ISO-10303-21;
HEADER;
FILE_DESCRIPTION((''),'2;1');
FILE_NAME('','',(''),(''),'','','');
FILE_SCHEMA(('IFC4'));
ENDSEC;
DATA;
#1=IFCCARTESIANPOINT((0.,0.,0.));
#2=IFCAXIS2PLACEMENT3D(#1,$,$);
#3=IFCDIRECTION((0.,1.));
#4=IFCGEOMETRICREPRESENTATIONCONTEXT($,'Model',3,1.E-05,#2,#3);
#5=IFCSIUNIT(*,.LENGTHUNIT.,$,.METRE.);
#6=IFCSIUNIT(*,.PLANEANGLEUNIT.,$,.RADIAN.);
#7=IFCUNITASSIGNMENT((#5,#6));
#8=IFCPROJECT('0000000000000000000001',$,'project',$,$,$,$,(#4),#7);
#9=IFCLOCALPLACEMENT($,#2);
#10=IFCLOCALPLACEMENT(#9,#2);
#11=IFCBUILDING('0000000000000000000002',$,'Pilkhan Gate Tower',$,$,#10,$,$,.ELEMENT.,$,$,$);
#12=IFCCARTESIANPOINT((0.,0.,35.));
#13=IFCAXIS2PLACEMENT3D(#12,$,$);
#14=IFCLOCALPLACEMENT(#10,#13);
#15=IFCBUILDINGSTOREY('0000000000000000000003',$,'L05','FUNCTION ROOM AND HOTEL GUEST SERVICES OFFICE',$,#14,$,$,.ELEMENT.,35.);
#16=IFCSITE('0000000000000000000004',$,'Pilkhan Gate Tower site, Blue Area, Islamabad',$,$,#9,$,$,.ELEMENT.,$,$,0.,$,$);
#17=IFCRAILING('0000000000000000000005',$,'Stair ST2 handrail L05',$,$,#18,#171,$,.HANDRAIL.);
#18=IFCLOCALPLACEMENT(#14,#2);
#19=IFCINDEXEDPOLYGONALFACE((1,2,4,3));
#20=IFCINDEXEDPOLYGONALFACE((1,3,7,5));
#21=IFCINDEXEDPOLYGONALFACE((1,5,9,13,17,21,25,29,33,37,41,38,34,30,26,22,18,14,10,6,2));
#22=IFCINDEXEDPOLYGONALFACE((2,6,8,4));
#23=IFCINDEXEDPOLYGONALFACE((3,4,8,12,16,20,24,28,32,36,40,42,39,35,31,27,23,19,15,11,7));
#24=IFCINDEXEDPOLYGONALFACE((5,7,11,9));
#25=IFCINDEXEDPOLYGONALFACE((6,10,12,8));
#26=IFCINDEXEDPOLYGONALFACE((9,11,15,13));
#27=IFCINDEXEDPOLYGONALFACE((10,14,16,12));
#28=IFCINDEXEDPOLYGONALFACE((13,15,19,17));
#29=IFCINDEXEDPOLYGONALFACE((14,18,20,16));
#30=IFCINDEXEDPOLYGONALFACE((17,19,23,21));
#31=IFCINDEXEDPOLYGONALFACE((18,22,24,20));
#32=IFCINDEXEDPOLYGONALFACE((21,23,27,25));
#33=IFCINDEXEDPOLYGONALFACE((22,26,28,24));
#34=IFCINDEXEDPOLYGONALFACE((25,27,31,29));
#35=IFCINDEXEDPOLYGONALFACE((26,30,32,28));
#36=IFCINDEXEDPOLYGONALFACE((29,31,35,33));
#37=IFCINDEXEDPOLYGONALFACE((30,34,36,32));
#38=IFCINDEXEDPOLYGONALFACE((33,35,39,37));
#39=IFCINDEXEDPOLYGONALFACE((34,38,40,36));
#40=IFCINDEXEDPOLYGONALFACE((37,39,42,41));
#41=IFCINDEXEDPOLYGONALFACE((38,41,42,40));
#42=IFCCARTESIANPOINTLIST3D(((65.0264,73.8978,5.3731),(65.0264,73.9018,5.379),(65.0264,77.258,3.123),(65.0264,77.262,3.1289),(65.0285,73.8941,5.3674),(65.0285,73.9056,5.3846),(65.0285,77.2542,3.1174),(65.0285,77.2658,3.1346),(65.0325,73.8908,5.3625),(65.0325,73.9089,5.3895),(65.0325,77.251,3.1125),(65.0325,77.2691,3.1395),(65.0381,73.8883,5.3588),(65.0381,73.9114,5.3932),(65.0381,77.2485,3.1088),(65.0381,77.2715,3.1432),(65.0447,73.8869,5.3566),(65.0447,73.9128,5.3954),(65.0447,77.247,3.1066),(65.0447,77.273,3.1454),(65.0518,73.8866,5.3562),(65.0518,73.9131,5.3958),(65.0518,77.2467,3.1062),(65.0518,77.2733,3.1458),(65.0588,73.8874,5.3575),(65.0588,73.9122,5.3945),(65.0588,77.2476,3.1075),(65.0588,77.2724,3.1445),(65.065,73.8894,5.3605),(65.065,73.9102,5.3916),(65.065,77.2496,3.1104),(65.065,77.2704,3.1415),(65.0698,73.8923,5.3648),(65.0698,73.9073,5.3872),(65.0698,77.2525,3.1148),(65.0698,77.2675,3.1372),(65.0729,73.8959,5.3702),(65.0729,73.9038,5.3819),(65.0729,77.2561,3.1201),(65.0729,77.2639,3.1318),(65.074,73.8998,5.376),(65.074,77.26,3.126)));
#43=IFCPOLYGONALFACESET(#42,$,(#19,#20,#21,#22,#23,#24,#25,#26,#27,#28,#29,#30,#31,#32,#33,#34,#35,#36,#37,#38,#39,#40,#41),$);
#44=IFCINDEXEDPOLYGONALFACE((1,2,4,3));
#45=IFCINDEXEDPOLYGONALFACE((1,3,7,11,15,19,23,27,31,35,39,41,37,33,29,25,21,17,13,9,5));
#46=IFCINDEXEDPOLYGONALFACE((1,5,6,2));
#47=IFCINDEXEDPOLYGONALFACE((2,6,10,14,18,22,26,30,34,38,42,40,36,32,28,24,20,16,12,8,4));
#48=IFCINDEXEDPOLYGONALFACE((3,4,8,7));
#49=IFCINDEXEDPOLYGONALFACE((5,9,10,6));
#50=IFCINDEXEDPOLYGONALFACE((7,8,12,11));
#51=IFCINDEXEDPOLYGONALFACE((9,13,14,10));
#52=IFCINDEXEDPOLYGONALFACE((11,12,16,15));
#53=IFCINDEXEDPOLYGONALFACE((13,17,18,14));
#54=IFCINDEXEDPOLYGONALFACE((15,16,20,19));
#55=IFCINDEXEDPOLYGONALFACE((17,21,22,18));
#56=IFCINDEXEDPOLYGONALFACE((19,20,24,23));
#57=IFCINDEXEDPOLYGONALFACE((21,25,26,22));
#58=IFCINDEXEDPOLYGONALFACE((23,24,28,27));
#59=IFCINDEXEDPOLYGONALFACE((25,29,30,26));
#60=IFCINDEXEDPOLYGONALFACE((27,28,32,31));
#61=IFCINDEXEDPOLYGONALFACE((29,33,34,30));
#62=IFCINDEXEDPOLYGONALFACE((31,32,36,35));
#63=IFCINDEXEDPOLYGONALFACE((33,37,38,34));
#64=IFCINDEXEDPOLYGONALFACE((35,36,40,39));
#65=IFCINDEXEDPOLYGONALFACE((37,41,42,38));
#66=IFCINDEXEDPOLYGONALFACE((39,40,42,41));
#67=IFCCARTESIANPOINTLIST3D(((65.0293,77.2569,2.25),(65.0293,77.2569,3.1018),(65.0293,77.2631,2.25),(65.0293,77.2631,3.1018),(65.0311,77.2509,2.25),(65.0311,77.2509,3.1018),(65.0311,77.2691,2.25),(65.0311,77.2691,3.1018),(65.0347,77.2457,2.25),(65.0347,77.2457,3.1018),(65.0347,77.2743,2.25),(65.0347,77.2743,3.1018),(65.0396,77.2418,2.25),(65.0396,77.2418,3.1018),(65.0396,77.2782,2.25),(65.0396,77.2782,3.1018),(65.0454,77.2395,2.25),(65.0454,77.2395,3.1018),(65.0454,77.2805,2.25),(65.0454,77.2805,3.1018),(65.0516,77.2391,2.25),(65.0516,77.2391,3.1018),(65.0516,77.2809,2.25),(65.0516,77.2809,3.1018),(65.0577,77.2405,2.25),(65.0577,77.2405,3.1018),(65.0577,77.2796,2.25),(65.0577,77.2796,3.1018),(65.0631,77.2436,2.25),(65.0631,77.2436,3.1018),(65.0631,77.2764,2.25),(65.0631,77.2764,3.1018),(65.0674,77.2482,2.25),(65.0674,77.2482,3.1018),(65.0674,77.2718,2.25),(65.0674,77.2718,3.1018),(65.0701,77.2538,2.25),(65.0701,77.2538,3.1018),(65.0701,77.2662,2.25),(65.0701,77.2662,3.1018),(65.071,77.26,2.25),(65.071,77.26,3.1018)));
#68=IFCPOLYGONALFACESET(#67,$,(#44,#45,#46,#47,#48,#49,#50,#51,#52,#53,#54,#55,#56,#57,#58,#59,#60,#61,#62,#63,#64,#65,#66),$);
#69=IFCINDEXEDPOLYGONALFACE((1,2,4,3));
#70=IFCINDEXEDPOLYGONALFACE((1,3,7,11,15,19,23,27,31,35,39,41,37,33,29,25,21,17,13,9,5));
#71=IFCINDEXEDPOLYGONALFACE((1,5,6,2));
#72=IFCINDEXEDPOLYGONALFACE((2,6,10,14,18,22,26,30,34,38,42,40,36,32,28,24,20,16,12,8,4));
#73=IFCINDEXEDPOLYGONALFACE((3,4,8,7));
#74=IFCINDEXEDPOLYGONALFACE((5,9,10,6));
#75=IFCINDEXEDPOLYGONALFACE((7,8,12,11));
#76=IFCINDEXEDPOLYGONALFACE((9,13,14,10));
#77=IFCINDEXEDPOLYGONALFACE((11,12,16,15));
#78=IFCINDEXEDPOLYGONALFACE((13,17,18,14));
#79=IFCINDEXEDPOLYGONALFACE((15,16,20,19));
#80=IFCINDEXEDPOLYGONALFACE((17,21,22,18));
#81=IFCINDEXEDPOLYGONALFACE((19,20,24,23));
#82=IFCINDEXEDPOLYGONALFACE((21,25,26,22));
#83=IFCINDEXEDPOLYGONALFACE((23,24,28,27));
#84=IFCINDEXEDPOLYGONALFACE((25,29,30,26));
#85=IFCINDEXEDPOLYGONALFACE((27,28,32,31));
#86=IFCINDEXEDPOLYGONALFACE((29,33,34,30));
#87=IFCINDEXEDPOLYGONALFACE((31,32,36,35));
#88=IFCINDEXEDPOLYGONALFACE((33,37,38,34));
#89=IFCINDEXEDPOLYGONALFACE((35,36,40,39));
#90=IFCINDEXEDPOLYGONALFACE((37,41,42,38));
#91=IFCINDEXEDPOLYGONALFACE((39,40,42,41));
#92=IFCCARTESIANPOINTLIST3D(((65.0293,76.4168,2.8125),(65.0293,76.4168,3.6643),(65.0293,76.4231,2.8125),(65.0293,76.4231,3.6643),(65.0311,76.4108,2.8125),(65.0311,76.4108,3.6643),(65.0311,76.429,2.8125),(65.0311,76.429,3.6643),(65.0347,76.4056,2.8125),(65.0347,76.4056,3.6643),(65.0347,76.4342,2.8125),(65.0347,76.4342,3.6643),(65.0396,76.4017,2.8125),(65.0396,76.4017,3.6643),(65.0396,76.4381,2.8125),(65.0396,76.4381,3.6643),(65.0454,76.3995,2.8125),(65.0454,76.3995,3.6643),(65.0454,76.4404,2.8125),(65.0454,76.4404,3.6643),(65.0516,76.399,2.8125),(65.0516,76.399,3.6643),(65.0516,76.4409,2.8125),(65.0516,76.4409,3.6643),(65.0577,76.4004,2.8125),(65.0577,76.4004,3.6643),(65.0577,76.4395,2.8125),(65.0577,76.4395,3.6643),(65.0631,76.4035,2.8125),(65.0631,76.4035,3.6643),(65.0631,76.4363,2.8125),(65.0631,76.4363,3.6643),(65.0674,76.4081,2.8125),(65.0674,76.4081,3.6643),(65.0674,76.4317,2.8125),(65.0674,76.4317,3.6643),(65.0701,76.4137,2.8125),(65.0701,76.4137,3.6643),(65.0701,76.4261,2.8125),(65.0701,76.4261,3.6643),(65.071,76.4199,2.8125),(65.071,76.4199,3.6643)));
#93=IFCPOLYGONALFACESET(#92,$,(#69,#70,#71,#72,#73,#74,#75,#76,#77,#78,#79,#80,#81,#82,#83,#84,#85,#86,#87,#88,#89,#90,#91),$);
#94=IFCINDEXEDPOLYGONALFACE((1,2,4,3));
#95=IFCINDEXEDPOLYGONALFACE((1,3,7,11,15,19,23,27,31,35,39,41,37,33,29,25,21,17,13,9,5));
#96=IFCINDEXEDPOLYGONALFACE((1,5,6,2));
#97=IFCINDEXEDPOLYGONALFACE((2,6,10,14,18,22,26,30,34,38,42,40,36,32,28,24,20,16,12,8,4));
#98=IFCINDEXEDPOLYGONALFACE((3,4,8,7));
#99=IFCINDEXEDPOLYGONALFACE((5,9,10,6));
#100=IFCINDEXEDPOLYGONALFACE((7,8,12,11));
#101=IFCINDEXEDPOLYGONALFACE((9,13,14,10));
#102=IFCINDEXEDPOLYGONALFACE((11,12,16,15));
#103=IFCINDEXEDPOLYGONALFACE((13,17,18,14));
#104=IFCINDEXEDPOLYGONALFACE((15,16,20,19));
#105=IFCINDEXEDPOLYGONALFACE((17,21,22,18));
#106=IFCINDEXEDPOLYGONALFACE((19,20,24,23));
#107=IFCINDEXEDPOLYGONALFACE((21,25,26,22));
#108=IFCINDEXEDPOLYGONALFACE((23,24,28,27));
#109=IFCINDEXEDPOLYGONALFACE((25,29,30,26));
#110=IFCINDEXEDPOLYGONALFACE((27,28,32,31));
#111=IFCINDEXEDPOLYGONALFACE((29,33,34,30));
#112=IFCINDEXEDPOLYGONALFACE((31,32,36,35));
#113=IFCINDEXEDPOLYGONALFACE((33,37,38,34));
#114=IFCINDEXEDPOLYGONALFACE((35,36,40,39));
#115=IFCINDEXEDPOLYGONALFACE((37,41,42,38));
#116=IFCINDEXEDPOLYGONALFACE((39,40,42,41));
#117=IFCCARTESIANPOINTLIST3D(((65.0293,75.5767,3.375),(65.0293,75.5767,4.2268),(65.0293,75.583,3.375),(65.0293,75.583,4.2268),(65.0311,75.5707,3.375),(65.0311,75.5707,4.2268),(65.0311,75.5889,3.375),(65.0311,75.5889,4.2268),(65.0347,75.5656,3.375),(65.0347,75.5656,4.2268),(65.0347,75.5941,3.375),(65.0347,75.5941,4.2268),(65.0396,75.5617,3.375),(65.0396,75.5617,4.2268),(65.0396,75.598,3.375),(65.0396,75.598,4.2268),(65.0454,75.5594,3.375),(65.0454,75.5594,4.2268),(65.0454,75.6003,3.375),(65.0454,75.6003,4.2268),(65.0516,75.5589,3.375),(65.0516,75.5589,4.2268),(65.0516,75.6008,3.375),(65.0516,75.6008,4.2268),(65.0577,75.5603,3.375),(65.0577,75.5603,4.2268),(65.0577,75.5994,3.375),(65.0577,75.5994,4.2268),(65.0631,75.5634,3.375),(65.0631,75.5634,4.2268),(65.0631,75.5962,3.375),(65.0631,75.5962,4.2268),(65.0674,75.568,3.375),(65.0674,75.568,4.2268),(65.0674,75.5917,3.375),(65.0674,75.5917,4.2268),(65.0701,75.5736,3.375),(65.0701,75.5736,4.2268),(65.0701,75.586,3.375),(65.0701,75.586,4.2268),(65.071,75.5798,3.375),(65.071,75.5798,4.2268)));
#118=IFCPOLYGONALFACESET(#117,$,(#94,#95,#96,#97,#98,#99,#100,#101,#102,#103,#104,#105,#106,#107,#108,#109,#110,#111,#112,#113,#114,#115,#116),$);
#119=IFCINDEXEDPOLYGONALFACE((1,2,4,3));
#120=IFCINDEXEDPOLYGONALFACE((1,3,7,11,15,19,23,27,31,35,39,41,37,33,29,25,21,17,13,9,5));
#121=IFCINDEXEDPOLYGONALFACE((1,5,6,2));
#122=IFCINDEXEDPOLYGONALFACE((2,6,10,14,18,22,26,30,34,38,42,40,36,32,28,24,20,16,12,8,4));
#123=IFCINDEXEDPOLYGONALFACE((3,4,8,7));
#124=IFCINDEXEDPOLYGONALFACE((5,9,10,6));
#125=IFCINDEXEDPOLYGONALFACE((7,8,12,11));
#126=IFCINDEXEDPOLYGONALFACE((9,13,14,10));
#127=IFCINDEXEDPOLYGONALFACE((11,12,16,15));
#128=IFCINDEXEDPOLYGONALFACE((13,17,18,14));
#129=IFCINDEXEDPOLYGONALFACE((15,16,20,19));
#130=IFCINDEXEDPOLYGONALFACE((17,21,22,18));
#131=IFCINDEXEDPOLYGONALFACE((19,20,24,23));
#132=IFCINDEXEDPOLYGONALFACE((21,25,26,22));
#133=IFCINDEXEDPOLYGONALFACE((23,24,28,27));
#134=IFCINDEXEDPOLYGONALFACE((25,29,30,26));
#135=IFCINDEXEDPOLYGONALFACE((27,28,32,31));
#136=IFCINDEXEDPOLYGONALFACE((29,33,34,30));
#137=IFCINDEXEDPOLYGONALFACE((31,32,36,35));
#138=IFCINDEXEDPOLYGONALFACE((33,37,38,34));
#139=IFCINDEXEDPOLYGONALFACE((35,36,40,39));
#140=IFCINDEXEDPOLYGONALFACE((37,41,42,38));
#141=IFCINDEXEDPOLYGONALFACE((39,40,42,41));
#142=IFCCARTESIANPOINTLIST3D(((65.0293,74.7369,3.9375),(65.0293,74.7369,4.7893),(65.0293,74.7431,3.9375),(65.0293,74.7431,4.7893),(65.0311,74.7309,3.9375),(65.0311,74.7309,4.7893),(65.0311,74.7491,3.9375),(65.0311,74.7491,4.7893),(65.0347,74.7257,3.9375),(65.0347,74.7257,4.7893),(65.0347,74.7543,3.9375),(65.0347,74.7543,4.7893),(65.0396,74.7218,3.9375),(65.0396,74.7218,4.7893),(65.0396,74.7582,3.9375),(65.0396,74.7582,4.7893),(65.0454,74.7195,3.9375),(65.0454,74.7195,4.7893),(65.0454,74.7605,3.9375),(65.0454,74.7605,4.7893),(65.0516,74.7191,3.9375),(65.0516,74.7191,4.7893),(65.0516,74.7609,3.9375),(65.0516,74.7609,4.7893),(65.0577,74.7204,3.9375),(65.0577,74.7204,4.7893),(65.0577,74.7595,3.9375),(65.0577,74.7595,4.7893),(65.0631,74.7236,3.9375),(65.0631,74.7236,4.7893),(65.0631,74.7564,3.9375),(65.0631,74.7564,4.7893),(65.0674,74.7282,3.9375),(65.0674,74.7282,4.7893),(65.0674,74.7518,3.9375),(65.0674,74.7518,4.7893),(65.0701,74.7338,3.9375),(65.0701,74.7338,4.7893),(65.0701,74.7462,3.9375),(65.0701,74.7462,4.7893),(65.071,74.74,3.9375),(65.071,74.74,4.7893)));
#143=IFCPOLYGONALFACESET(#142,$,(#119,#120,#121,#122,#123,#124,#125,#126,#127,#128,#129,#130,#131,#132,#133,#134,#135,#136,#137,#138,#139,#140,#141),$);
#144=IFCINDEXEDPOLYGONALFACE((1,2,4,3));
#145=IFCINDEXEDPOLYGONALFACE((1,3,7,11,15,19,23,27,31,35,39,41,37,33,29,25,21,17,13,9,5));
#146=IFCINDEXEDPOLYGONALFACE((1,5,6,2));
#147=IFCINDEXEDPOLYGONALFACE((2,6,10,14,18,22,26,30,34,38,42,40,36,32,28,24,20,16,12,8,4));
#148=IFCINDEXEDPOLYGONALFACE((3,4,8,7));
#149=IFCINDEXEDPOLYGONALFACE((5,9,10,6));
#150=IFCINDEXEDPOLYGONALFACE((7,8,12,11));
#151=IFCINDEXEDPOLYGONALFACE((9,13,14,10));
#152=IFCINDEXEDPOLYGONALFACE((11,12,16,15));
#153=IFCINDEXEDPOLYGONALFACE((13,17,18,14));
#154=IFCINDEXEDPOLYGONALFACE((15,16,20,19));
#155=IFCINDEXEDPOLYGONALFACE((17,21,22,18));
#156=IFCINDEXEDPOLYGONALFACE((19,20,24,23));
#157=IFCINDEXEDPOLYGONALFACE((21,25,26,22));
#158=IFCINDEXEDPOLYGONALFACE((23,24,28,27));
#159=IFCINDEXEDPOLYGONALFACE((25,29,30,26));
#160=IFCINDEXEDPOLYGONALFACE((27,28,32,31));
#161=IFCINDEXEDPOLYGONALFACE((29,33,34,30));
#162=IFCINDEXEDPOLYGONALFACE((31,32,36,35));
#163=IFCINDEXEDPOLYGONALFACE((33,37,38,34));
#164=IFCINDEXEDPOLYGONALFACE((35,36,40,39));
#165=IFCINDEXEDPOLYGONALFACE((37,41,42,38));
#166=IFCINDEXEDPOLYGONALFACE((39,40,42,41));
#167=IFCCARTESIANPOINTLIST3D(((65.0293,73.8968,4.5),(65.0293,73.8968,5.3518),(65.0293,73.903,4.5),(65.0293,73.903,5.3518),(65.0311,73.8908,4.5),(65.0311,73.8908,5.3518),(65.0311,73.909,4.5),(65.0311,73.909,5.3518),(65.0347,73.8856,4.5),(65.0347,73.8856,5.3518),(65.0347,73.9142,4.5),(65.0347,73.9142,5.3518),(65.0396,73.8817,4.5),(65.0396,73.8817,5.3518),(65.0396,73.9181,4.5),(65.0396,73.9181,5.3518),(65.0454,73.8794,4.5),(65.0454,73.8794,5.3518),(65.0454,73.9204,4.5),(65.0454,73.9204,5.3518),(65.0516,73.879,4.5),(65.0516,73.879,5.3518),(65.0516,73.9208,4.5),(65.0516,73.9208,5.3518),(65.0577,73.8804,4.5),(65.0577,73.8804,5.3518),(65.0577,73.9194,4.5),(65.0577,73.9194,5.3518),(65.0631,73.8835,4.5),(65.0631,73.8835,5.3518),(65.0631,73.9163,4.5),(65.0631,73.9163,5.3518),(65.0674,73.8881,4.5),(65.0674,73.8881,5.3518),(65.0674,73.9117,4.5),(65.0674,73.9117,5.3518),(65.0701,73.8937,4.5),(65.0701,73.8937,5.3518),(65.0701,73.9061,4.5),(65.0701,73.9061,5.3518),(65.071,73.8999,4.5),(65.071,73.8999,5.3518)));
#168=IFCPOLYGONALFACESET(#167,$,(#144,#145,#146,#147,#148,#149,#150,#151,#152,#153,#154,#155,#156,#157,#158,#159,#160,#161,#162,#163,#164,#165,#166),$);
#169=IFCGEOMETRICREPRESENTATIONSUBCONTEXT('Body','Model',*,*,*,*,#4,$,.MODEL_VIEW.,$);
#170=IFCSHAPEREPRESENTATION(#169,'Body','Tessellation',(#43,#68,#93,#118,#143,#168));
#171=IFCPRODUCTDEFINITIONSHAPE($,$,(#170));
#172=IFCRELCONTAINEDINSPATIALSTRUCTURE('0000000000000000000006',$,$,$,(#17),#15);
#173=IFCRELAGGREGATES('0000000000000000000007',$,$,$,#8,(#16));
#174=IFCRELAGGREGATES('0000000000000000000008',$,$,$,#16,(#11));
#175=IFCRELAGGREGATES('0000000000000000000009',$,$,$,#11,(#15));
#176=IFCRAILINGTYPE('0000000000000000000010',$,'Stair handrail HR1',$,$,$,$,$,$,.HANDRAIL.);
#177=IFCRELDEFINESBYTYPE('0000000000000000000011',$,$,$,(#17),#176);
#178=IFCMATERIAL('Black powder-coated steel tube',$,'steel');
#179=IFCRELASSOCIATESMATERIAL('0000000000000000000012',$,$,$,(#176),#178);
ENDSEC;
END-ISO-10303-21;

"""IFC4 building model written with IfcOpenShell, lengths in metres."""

from ifc_helpers import new_model, si_unit, direction, frame, origin, origin_2d, place, context, subcontext, project, spatial, circle, extrude, material, type_object, element, save


model = new_model("IFC4")

# Units and contexts
model_context = context("Model", 3, precision=1e-05, world=origin(), true_north=direction((0.0, 1.0)))
body_context = subcontext(model_context, "Body", "Model", "MODEL_VIEW")
ifc_project = project(units=[si_unit("LENGTHUNIT", "METRE"), si_unit("PLANEANGLEUNIT", "RADIAN")], contexts=[model_context])

# Site, building, storey
site_placement = place(None, origin())
site = spatial("IfcSite", under=ifc_project, at=site_placement, Name="Pilkhan Gate Tower site, Blue Area, Islamabad", CompositionType="ELEMENT", RefElevation=0.0)
building_placement = place(site_placement, origin())
building = spatial("IfcBuilding", under=site, at=building_placement, Name="Pilkhan Gate Tower", CompositionType="ELEMENT")
storey_placement = place(building_placement, frame((0.0, 0.0, 35.0)))
storey = spatial("IfcBuildingStorey", under=building, at=storey_placement, Name="L05", Description="FUNCTION ROOM AND HOTEL GUEST SERVICES OFFICE", CompositionType="ELEMENT", Elevation=35.0)

# Railing
ifc_material_1 = material(Name="Black powder-coated steel tube", Category="steel")
railing_type_1 = type_object("IfcRailingType", Name="Stair handrail HR1", PredefinedType="HANDRAIL", material=ifc_material_1)
railing_1_placement = place(storey_placement, frame((65.05, 77.26, 2.25)))
element("IfcRailing", 1, at=railing_1_placement, inside=storey, type_object=railing_type_1, Name="Stair ST2 handrail L05", PredefinedType="HANDRAIL", context=body_context, shape_type="SweptSolid", body=[
    extrude(circle(Radius=0.0239, at=origin_2d()), frame((0.0, 0.0, 0.876), z_axis=(0.0, -0.830915, 0.556399), x_axis=(1.0, 0.0, 0.0)), (0.0, 0.0, 1.0), 4.0439),
    extrude(circle(Radius=0.021, at=origin_2d()), origin(), (0.0, 0.0, 1.0), 0.8518),
    extrude(circle(Radius=0.021, at=origin_2d()), frame((0.0, -0.8401, 0.5625)), (0.0, 0.0, 1.0), 0.8518),
    extrude(circle(Radius=0.021, at=origin_2d()), frame((0.0, -1.6802, 1.125)), (0.0, 0.0, 1.0), 0.8518),
    extrude(circle(Radius=0.021, at=origin_2d()), frame((0.0, -2.52, 1.6875)), (0.0, 0.0, 1.0), 0.8518),
    extrude(circle(Radius=0.021, at=origin_2d()), frame((0.0, -3.3601, 2.25)), (0.0, 0.0, 1.0), 0.8518),
])

save(model, "model.ifc")
